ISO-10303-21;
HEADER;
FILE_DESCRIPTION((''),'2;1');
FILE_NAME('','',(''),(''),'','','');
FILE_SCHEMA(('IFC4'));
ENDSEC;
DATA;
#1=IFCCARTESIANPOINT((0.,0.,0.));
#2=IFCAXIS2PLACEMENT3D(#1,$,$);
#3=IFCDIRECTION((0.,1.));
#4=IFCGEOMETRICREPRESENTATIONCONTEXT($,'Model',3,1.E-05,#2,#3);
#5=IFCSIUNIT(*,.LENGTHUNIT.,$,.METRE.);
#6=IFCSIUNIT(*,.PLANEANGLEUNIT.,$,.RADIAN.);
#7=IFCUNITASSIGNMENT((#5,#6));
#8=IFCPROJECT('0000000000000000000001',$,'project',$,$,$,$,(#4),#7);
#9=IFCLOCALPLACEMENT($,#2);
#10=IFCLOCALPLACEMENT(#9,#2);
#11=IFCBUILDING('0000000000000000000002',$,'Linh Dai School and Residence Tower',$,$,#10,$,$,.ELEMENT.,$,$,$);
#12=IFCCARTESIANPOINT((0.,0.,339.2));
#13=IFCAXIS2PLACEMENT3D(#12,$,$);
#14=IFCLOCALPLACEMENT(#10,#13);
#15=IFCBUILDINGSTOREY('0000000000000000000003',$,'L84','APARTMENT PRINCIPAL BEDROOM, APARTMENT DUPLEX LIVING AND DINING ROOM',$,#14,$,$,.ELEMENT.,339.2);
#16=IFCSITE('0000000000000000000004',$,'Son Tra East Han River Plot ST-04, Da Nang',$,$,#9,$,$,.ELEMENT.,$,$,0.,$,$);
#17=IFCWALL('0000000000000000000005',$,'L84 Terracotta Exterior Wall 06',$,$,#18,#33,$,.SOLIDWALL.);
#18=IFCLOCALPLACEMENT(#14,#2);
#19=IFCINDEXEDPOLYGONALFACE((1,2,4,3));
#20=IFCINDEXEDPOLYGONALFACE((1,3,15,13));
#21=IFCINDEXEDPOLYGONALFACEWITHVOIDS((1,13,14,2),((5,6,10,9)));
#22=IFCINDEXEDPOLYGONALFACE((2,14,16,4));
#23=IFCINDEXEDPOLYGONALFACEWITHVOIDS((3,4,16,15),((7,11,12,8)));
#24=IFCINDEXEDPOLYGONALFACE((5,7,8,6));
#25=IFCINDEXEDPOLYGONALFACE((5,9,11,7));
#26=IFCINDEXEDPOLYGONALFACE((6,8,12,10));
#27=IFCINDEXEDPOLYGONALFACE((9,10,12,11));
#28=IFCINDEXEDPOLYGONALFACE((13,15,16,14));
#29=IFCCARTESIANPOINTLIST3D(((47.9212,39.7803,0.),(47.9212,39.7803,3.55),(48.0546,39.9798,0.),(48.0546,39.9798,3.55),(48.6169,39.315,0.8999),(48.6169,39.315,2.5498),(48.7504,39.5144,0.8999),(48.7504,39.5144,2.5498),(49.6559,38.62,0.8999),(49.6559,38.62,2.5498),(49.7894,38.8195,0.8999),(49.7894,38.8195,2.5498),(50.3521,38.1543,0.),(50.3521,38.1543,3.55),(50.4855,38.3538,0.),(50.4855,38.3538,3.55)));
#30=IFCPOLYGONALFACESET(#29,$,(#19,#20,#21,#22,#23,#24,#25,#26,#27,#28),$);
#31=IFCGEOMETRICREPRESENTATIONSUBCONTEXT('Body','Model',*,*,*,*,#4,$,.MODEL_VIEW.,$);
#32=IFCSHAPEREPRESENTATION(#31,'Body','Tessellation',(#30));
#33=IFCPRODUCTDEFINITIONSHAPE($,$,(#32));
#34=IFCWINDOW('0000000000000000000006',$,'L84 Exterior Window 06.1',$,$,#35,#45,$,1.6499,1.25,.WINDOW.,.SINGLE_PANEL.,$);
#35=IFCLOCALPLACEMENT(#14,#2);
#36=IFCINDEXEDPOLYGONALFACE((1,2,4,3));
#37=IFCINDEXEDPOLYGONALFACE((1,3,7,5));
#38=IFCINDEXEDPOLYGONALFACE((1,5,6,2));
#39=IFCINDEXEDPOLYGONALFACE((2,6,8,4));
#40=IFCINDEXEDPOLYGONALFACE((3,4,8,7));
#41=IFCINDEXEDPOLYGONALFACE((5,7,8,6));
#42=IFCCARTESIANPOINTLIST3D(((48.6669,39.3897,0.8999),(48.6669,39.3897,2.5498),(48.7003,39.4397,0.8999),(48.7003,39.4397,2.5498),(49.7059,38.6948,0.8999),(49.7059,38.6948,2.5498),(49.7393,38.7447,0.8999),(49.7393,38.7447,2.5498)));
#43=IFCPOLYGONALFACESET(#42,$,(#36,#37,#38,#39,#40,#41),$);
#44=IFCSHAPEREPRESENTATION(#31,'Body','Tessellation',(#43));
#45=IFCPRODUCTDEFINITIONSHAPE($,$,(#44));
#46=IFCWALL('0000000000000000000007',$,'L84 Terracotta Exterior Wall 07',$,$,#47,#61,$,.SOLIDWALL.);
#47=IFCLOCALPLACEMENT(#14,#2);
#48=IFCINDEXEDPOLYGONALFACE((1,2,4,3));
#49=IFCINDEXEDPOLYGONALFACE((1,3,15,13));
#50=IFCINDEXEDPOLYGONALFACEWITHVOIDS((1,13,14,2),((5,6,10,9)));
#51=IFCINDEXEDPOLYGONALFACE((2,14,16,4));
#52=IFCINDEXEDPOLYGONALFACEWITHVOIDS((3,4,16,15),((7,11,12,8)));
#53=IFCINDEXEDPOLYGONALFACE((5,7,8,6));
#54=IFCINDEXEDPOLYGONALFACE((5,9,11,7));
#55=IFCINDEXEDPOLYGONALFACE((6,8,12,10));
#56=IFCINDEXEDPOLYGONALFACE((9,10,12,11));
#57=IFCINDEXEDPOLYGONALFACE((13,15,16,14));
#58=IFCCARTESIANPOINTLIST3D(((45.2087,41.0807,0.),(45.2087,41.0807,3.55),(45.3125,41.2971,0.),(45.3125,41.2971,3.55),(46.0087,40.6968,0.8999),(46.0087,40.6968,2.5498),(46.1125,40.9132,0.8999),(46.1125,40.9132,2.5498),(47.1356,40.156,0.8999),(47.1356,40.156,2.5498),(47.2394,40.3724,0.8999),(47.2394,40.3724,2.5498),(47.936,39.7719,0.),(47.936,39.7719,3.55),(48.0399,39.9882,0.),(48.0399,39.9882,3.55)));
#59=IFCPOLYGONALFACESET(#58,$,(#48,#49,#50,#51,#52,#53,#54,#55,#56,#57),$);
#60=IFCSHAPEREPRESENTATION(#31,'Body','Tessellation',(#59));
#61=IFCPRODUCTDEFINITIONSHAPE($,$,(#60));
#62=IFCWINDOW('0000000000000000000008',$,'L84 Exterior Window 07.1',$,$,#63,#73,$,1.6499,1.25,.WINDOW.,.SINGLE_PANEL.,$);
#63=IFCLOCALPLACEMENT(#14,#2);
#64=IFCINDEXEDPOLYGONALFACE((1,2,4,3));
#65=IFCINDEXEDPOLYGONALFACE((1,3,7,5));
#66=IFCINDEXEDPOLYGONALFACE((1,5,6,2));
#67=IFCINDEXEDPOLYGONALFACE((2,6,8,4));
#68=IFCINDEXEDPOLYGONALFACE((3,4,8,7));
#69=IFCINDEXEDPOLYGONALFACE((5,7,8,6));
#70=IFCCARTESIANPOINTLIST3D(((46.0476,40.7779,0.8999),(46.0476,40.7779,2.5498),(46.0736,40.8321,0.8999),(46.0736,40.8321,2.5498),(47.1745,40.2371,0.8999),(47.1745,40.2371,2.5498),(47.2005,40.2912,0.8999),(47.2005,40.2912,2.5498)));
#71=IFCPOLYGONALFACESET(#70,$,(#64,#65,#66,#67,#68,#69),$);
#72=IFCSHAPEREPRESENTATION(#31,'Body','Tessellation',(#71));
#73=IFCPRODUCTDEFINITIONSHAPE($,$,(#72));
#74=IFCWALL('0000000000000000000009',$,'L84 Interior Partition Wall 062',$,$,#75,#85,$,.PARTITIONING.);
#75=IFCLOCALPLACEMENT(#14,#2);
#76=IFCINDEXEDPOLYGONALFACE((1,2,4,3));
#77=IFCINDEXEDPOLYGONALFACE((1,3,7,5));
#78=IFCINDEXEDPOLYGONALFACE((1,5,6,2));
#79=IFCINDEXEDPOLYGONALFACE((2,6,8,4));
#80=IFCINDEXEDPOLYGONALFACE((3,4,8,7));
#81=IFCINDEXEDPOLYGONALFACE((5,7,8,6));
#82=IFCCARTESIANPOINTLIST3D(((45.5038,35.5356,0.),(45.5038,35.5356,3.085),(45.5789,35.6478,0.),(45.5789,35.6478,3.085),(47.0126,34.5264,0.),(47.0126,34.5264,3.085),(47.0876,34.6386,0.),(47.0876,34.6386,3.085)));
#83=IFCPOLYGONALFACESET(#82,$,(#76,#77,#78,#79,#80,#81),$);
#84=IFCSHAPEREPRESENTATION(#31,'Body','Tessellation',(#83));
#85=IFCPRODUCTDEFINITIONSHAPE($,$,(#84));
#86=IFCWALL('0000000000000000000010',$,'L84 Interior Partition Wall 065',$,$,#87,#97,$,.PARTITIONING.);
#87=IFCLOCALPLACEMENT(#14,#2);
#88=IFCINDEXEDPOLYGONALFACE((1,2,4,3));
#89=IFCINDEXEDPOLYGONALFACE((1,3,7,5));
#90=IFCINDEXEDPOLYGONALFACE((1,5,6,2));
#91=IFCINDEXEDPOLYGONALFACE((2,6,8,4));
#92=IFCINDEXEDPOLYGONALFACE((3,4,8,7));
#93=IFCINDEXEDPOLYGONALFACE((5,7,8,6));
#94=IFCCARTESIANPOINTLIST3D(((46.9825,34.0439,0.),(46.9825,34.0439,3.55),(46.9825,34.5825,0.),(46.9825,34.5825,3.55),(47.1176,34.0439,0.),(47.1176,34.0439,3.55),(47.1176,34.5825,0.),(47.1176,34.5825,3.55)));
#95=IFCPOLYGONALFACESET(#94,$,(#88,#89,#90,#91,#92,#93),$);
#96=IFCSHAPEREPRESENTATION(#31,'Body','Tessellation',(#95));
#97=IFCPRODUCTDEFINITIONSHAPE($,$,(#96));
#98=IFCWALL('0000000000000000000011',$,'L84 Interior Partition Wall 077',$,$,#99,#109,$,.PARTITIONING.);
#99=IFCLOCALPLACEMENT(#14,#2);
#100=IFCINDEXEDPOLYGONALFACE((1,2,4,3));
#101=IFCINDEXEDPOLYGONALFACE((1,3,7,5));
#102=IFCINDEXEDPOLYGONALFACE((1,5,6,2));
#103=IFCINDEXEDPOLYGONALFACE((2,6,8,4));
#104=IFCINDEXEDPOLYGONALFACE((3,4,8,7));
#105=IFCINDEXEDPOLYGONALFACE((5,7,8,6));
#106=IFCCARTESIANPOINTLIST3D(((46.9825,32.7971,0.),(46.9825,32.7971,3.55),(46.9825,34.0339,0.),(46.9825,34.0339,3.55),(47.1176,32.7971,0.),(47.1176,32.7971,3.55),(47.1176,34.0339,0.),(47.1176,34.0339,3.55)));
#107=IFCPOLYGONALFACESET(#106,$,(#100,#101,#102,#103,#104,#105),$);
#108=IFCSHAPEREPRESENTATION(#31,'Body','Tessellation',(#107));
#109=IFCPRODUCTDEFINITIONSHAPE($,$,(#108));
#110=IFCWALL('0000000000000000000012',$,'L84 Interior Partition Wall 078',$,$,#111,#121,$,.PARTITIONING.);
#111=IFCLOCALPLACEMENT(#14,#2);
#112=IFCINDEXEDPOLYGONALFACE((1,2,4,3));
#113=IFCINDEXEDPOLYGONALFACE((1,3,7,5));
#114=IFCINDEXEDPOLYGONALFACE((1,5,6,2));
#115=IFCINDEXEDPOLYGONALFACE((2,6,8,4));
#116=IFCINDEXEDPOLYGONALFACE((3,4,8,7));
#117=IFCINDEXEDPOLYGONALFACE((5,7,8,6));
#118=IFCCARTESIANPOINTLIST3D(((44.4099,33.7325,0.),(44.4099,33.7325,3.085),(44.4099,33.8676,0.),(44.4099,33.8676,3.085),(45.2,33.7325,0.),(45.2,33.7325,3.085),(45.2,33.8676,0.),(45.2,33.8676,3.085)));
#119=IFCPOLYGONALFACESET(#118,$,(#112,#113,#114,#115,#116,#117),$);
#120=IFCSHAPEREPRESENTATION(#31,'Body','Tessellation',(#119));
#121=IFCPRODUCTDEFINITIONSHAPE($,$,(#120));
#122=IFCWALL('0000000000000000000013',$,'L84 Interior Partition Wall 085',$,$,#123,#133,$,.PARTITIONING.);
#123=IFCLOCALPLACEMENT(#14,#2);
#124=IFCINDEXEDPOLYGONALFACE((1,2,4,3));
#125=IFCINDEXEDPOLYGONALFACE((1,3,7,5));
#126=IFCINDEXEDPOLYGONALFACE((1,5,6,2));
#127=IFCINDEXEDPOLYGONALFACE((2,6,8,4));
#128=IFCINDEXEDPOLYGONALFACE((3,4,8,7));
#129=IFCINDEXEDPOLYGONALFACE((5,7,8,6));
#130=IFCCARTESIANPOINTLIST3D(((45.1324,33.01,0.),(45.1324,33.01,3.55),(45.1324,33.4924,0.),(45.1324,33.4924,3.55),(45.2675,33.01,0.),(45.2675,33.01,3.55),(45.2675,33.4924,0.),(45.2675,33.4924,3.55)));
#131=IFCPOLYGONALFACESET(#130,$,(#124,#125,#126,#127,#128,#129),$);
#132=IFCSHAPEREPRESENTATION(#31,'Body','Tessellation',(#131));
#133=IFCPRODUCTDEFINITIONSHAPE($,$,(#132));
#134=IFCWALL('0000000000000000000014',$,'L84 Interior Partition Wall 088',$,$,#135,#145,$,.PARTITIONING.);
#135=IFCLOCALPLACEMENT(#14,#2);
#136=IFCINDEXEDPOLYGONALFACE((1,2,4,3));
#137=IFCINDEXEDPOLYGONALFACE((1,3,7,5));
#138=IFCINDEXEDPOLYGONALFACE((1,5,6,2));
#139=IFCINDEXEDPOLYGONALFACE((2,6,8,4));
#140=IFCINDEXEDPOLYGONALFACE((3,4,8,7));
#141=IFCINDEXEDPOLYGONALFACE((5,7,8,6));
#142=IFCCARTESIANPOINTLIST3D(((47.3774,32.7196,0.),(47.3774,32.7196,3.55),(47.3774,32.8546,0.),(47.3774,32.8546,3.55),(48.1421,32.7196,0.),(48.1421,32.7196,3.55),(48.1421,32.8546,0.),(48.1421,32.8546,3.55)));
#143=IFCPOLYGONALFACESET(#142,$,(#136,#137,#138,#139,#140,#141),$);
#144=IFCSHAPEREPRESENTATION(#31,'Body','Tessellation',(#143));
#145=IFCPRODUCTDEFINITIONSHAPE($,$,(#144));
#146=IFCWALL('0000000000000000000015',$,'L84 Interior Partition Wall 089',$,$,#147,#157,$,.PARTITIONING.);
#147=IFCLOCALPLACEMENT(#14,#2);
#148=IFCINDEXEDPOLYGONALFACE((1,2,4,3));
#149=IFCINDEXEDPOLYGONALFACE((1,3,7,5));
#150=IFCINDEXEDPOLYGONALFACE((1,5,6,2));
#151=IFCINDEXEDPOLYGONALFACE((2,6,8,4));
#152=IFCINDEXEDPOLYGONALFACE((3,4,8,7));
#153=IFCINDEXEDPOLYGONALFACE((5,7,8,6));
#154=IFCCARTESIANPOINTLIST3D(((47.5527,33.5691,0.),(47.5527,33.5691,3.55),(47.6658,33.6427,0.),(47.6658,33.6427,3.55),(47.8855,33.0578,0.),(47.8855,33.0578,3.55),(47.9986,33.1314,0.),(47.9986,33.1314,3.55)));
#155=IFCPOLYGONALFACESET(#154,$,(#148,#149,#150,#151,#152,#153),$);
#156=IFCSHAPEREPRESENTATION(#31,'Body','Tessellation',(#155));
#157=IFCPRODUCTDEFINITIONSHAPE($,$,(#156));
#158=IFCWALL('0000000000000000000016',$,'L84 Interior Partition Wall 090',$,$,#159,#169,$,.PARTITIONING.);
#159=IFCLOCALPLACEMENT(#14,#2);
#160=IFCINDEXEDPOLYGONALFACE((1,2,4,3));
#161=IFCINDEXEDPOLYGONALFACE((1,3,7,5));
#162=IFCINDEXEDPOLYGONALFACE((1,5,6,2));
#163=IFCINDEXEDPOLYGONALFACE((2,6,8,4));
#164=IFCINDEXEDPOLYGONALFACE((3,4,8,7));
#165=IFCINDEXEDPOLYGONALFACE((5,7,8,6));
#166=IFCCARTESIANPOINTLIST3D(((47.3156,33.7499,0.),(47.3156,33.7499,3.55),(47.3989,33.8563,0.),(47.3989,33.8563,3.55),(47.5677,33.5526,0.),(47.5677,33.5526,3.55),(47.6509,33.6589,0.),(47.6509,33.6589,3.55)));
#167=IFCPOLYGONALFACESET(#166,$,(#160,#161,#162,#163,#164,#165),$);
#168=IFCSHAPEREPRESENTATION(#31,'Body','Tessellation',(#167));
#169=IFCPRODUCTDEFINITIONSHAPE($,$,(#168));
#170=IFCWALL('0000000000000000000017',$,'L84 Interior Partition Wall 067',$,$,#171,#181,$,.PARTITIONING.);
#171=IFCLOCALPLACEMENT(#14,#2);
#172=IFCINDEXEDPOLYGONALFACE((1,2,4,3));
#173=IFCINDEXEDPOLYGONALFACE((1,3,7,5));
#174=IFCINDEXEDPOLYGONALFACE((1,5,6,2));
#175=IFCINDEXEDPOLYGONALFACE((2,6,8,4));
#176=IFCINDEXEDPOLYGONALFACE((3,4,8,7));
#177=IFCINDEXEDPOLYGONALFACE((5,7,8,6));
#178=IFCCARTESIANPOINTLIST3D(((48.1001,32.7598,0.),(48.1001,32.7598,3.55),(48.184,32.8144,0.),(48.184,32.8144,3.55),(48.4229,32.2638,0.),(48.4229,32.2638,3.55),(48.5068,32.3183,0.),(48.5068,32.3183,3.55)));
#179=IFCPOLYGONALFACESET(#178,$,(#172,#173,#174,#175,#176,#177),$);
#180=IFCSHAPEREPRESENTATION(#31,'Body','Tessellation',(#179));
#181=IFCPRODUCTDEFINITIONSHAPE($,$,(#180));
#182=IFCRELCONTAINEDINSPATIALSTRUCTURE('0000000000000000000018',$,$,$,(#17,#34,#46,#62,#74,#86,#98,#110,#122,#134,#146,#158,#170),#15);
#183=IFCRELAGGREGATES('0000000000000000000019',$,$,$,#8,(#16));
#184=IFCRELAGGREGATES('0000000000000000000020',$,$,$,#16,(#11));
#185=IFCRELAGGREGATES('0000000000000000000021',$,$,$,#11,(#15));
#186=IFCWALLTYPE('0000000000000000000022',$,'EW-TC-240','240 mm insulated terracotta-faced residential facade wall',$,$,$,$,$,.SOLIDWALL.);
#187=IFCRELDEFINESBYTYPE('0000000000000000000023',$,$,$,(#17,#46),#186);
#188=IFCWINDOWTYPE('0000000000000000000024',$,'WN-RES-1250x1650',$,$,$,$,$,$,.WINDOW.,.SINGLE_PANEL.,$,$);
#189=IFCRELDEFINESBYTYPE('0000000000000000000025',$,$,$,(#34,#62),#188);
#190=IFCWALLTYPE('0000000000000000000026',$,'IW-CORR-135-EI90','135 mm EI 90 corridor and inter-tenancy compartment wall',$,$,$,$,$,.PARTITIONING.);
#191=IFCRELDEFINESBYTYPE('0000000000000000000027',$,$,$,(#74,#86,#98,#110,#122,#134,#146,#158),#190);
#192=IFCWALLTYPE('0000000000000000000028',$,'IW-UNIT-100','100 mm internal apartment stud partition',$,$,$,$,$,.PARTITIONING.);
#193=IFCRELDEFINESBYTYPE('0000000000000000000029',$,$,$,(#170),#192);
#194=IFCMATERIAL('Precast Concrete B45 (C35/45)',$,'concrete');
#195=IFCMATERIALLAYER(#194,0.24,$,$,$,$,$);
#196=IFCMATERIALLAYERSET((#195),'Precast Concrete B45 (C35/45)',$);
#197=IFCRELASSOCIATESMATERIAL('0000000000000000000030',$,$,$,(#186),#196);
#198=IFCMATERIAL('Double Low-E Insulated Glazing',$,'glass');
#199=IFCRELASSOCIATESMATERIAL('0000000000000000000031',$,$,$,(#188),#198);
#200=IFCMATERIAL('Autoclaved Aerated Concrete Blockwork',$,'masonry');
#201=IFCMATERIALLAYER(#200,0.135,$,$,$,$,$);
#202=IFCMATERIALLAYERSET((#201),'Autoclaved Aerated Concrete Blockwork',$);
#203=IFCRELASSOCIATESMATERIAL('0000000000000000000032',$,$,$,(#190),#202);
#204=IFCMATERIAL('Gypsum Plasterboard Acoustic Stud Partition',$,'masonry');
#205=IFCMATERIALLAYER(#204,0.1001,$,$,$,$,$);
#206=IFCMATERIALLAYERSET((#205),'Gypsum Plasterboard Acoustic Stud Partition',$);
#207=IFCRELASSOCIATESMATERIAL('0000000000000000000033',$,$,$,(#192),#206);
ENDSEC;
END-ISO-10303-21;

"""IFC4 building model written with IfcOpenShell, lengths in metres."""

from ifc_helpers import new_model, si_unit, direction, frame, frame_2d, origin, origin_2d, place, context, subcontext, project, spatial, rectangle, extrude, source, transform, mapped, material, layer, layer_set, type_object, element, fill, save


model = new_model("IFC4")

# Units and contexts
model_context = context("Model", 3, precision=1e-05, world=origin(), true_north=direction((0.0, 1.0)))
body_context = subcontext(model_context, "Body", "Model", "MODEL_VIEW")
ifc_project = project(units=[si_unit("LENGTHUNIT", "METRE"), si_unit("PLANEANGLEUNIT", "RADIAN")], contexts=[model_context])

# Site, building, storey
site_placement = place(None, origin())
site = spatial("IfcSite", under=ifc_project, at=site_placement, Name="Son Tra East Han River Plot ST-04, Da Nang", CompositionType="ELEMENT", RefElevation=0.0)
building_placement = place(site_placement, origin())
building = spatial("IfcBuilding", under=site, at=building_placement, Name="Linh Dai School and Residence Tower", CompositionType="ELEMENT")
storey_placement = place(building_placement, frame((0.0, 0.0, 339.2)))
storey = spatial("IfcBuildingStorey", under=building, at=storey_placement, Name="L84", Description="APARTMENT PRINCIPAL BEDROOM, APARTMENT DUPLEX LIVING AND DINING ROOM", CompositionType="ELEMENT", Elevation=339.2)

# Shared definitions
ifc_material_1 = material(Name="Precast Concrete B45 (C35/45)", Category="concrete")

# Walls, openings, windows
ifc_layer_1 = layer(ifc_material_1, 0.24)
ifc_layer_set_1 = layer_set([ifc_layer_1], Name="Precast Concrete B45 (C35/45)")
wall_type_1 = type_object("IfcWallType", Name="EW-TC-240", Description="240 mm insulated terracotta-faced residential facade wall", PredefinedType="SOLIDWALL", material=ifc_layer_set_1)
wall_1_placement = place(storey_placement, frame((47.9878, 39.8801, 0.0), z_axis=(0.0, 0.0, 1.0), x_axis=(0.831202, -0.555971, 0.0)))
wall_1 = element("IfcWall", 1, at=wall_1_placement, inside=storey, type_object=wall_type_1, Name="L84 Terracotta Exterior Wall 06", PredefinedType="SOLIDWALL", context=body_context, shape_type="SweptSolid", body=[
    extrude(rectangle(XDim=2.9246, YDim=0.24, at=frame_2d((1.4624, 0.0))), origin(), (0.0, 0.0, 1.0), 3.55),
])
opening_1_placement = place(wall_1_placement, frame((0.8372, 0.0, 0.8999)))
opening_1 = element("IfcOpeningElement", 2, at=opening_1_placement, cuts=wall_1, PredefinedType="OPENING", context=body_context, shape_type="SweptSolid", body=[
    extrude(rectangle(XDim=1.25, YDim=1.6499, at=origin_2d()), frame((0.625, 0.1299, 0.825), z_axis=(0.0, -1.0, 0.0), x_axis=(1.0, 0.0, 0.0)), (0.0, 0.0, 1.0), 0.26),
])
ifc_material_2 = material(Name="Double Low-E Insulated Glazing", Category="glass")
window_type = type_object("IfcWindowType", Name="WN-RES-1250x1650", PartitioningType="SINGLE_PANEL", PredefinedType="WINDOW", material=ifc_material_2)
shared_shape_1 = source(origin(), body_context, "Body", "SweptSolid", [
    extrude(rectangle(XDim=1.25, YDim=1.6499, at=origin_2d()), frame((0.625, 0.03, 0.825), z_axis=(0.0, -1.0, 0.0), x_axis=(1.0, 0.0, 0.0)), (0.0, 0.0, 1.0), 0.0601),
])
window_1_placement = place(opening_1_placement, origin())
window_1 = element("IfcWindow", 3, at=window_1_placement, inside=storey, type_object=window_type, Name="L84 Exterior Window 06.1", OverallHeight=1.6499, OverallWidth=1.25, PartitioningType="SINGLE_PANEL", PredefinedType="WINDOW", context=body_context, shape_type="MappedRepresentation", body=[
    mapped(shared_shape_1, transform((0.0, 0.0, 0.0), x_axis=(1.0, 0.0, 0.0), y_axis=(0.0, 1.0, 0.0), z_axis=(0.0, 0.0, 1.0), scale=1.0)),
])
fill(opening_1, window_1)
wall_2_placement = place(storey_placement, frame((45.2605, 41.189, 0.0), z_axis=(0.0, 0.0, 1.0), x_axis=(0.901557, -0.43266, 0.0)))
wall_2 = element("IfcWall", 4, at=wall_2_placement, inside=storey, type_object=wall_type_1, Name="L84 Terracotta Exterior Wall 07", PredefinedType="SOLIDWALL", context=body_context, shape_type="SweptSolid", body=[
    extrude(rectangle(XDim=3.0251, YDim=0.24, at=frame_2d((1.5127, 0.0))), origin(), (0.0, 0.0, 1.0), 3.55),
])
opening_2_placement = place(wall_2_placement, frame((0.8875, 0.0, 0.8999)))
opening_2 = element("IfcOpeningElement", 5, at=opening_2_placement, cuts=wall_2, PredefinedType="OPENING", context=body_context, shape_type="SweptSolid", body=[
    extrude(rectangle(XDim=1.25, YDim=1.6499, at=origin_2d()), frame((0.625, 0.1299, 0.825), z_axis=(0.0, -1.0, 0.0), x_axis=(1.0, 0.0, 0.0)), (0.0, 0.0, 1.0), 0.26),
])
window_2_placement = place(opening_2_placement, origin())
window_2 = element("IfcWindow", 6, at=window_2_placement, inside=storey, type_object=window_type, Name="L84 Exterior Window 07.1", OverallHeight=1.6499, OverallWidth=1.25, PartitioningType="SINGLE_PANEL", PredefinedType="WINDOW", context=body_context, shape_type="MappedRepresentation", body=[
    mapped(shared_shape_1, transform((0.0, 0.0, 0.0), x_axis=(1.0, 0.0, 0.0), y_axis=(0.0, 1.0, 0.0), z_axis=(0.0, 0.0, 1.0), scale=1.0)),
])
fill(opening_2, window_2)

# Walls
ifc_material_3 = material(Name="Autoclaved Aerated Concrete Blockwork", Category="masonry")
ifc_layer_2 = layer(ifc_material_3, 0.135)
ifc_layer_set_2 = layer_set([ifc_layer_2], Name="Autoclaved Aerated Concrete Blockwork")
wall_type_2 = type_object("IfcWallType", Name="IW-CORR-135-EI90", Description="135 mm EI 90 corridor and inter-tenancy compartment wall", PredefinedType="PARTITIONING", material=ifc_layer_set_2)
wall_3_placement = place(storey_placement, frame((45.5413, 35.5918, 0.0), z_axis=(0.0, 0.0, 1.0), x_axis=(0.83118, -0.556003, 0.0)))
element("IfcWall", 7, at=wall_3_placement, inside=storey, type_object=wall_type_2, Name="L84 Interior Partition Wall 062", PredefinedType="PARTITIONING", context=body_context, shape_type="SweptSolid", body=[
    extrude(rectangle(XDim=1.8152, YDim=0.135, at=frame_2d((0.9077, 0.0))), origin(), (0.0, 0.0, 1.0), 3.085),
])
wall_4_placement = place(storey_placement, frame((47.05, 34.0439, 0.0), z_axis=(0.0, 0.0, 1.0), x_axis=(0.0, 1.0, 0.0)))
element("IfcWall", 8, at=wall_4_placement, inside=storey, type_object=wall_type_2, Name="L84 Interior Partition Wall 065", PredefinedType="PARTITIONING", context=body_context, shape_type="SweptSolid", body=[
    extrude(rectangle(XDim=0.5386, YDim=0.135, at=frame_2d((0.2693, 0.0))), origin(), (0.0, 0.0, 1.0), 3.55),
])
wall_5_placement = place(storey_placement, frame((47.05, 34.0339, 0.0), z_axis=(0.0, 0.0, 1.0), x_axis=(0.0, -1.0, 0.0)))
element("IfcWall", 9, at=wall_5_placement, inside=storey, type_object=wall_type_2, Name="L84 Interior Partition Wall 077", PredefinedType="PARTITIONING", context=body_context, shape_type="SweptSolid", body=[
    extrude(rectangle(XDim=1.2368, YDim=0.135, at=frame_2d((0.6184, 0.0))), origin(), (0.0, 0.0, 1.0), 3.55),
])
wall_6_placement = place(storey_placement, frame((45.2, 33.8, 0.0), z_axis=(0.0, 0.0, 1.0), x_axis=(-1.0, 0.0, 0.0)))
element("IfcWall", 10, at=wall_6_placement, inside=storey, type_object=wall_type_2, Name="L84 Interior Partition Wall 078", PredefinedType="PARTITIONING", context=body_context, shape_type="SweptSolid", body=[
    extrude(rectangle(XDim=0.79, YDim=0.135, at=frame_2d((0.395, 0.0))), origin(), (0.0, 0.0, 1.0), 3.085),
])
wall_7_placement = place(storey_placement, frame((45.2, 33.01, 0.0), z_axis=(0.0, 0.0, 1.0), x_axis=(0.0, 1.0, 0.0)))
element("IfcWall", 11, at=wall_7_placement, inside=storey, type_object=wall_type_2, Name="L84 Interior Partition Wall 085", PredefinedType="PARTITIONING", context=body_context, shape_type="SweptSolid", body=[
    extrude(rectangle(XDim=0.4824, YDim=0.135, at=frame_2d((0.2412, 0.0))), origin(), (0.0, 0.0, 1.0), 3.55),
])
wall_8_placement = place(storey_placement, frame((47.3774, 32.7871, 0.0), z_axis=(0.0, 0.0, 1.0), x_axis=(1.0, 0.0, 0.0)))
element("IfcWall", 12, at=wall_8_placement, inside=storey, type_object=wall_type_2, Name="L84 Interior Partition Wall 088", PredefinedType="PARTITIONING", context=body_context, shape_type="SweptSolid", body=[
    extrude(rectangle(XDim=0.7646, YDim=0.135, at=frame_2d((0.3823, 0.0))), origin(), (0.0, 0.0, 1.0), 3.55),
])
wall_9_placement = place(storey_placement, frame((47.9421, 33.0945, 0.0), z_axis=(0.0, 0.0, 1.0), x_axis=(-0.545523, 0.838096, 0.0)))
element("IfcWall", 13, at=wall_9_placement, inside=storey, type_object=wall_type_2, Name="L84 Interior Partition Wall 089", PredefinedType="PARTITIONING", context=body_context, shape_type="SweptSolid", body=[
    extrude(rectangle(XDim=0.6101, YDim=0.135, at=frame_2d((0.3052, 0.0))), origin(), (0.0, 0.0, 1.0), 3.55),
])
wall_10_placement = place(storey_placement, frame((47.6094, 33.6057, 0.0), z_axis=(0.0, 0.0, 1.0), x_axis=(-0.787376, 0.616473, 0.0)))
element("IfcWall", 14, at=wall_10_placement, inside=storey, type_object=wall_type_2, Name="L84 Interior Partition Wall 090", PredefinedType="PARTITIONING", context=body_context, shape_type="SweptSolid", body=[
    extrude(rectangle(XDim=0.3201, YDim=0.135, at=frame_2d((0.1602, 0.0))), origin(), (0.0, 0.0, 1.0), 3.55),
])
ifc_material_4 = material(Name="Gypsum Plasterboard Acoustic Stud Partition", Category="masonry")
ifc_layer_3 = layer(ifc_material_4, 0.1001)
ifc_layer_set_3 = layer_set([ifc_layer_3], Name="Gypsum Plasterboard Acoustic Stud Partition")
wall_type_3 = type_object("IfcWallType", Name="IW-UNIT-100", Description="100 mm internal apartment stud partition", PredefinedType="PARTITIONING", material=ifc_layer_set_3)
wall_11_placement = place(storey_placement, frame((48.1421, 32.7871, 0.0), z_axis=(0.0, 0.0, 1.0), x_axis=(0.545336, -0.838217, 0.0)))
element("IfcWall", 15, at=wall_11_placement, inside=storey, type_object=wall_type_3, Name="L84 Interior Partition Wall 067", PredefinedType="PARTITIONING", context=body_context, shape_type="SweptSolid", body=[
    extrude(rectangle(XDim=0.5918, YDim=0.1001, at=frame_2d((0.2959, 0.0))), origin(), (0.0, 0.0, 1.0), 3.55),
])

save(model, "model.ifc")
